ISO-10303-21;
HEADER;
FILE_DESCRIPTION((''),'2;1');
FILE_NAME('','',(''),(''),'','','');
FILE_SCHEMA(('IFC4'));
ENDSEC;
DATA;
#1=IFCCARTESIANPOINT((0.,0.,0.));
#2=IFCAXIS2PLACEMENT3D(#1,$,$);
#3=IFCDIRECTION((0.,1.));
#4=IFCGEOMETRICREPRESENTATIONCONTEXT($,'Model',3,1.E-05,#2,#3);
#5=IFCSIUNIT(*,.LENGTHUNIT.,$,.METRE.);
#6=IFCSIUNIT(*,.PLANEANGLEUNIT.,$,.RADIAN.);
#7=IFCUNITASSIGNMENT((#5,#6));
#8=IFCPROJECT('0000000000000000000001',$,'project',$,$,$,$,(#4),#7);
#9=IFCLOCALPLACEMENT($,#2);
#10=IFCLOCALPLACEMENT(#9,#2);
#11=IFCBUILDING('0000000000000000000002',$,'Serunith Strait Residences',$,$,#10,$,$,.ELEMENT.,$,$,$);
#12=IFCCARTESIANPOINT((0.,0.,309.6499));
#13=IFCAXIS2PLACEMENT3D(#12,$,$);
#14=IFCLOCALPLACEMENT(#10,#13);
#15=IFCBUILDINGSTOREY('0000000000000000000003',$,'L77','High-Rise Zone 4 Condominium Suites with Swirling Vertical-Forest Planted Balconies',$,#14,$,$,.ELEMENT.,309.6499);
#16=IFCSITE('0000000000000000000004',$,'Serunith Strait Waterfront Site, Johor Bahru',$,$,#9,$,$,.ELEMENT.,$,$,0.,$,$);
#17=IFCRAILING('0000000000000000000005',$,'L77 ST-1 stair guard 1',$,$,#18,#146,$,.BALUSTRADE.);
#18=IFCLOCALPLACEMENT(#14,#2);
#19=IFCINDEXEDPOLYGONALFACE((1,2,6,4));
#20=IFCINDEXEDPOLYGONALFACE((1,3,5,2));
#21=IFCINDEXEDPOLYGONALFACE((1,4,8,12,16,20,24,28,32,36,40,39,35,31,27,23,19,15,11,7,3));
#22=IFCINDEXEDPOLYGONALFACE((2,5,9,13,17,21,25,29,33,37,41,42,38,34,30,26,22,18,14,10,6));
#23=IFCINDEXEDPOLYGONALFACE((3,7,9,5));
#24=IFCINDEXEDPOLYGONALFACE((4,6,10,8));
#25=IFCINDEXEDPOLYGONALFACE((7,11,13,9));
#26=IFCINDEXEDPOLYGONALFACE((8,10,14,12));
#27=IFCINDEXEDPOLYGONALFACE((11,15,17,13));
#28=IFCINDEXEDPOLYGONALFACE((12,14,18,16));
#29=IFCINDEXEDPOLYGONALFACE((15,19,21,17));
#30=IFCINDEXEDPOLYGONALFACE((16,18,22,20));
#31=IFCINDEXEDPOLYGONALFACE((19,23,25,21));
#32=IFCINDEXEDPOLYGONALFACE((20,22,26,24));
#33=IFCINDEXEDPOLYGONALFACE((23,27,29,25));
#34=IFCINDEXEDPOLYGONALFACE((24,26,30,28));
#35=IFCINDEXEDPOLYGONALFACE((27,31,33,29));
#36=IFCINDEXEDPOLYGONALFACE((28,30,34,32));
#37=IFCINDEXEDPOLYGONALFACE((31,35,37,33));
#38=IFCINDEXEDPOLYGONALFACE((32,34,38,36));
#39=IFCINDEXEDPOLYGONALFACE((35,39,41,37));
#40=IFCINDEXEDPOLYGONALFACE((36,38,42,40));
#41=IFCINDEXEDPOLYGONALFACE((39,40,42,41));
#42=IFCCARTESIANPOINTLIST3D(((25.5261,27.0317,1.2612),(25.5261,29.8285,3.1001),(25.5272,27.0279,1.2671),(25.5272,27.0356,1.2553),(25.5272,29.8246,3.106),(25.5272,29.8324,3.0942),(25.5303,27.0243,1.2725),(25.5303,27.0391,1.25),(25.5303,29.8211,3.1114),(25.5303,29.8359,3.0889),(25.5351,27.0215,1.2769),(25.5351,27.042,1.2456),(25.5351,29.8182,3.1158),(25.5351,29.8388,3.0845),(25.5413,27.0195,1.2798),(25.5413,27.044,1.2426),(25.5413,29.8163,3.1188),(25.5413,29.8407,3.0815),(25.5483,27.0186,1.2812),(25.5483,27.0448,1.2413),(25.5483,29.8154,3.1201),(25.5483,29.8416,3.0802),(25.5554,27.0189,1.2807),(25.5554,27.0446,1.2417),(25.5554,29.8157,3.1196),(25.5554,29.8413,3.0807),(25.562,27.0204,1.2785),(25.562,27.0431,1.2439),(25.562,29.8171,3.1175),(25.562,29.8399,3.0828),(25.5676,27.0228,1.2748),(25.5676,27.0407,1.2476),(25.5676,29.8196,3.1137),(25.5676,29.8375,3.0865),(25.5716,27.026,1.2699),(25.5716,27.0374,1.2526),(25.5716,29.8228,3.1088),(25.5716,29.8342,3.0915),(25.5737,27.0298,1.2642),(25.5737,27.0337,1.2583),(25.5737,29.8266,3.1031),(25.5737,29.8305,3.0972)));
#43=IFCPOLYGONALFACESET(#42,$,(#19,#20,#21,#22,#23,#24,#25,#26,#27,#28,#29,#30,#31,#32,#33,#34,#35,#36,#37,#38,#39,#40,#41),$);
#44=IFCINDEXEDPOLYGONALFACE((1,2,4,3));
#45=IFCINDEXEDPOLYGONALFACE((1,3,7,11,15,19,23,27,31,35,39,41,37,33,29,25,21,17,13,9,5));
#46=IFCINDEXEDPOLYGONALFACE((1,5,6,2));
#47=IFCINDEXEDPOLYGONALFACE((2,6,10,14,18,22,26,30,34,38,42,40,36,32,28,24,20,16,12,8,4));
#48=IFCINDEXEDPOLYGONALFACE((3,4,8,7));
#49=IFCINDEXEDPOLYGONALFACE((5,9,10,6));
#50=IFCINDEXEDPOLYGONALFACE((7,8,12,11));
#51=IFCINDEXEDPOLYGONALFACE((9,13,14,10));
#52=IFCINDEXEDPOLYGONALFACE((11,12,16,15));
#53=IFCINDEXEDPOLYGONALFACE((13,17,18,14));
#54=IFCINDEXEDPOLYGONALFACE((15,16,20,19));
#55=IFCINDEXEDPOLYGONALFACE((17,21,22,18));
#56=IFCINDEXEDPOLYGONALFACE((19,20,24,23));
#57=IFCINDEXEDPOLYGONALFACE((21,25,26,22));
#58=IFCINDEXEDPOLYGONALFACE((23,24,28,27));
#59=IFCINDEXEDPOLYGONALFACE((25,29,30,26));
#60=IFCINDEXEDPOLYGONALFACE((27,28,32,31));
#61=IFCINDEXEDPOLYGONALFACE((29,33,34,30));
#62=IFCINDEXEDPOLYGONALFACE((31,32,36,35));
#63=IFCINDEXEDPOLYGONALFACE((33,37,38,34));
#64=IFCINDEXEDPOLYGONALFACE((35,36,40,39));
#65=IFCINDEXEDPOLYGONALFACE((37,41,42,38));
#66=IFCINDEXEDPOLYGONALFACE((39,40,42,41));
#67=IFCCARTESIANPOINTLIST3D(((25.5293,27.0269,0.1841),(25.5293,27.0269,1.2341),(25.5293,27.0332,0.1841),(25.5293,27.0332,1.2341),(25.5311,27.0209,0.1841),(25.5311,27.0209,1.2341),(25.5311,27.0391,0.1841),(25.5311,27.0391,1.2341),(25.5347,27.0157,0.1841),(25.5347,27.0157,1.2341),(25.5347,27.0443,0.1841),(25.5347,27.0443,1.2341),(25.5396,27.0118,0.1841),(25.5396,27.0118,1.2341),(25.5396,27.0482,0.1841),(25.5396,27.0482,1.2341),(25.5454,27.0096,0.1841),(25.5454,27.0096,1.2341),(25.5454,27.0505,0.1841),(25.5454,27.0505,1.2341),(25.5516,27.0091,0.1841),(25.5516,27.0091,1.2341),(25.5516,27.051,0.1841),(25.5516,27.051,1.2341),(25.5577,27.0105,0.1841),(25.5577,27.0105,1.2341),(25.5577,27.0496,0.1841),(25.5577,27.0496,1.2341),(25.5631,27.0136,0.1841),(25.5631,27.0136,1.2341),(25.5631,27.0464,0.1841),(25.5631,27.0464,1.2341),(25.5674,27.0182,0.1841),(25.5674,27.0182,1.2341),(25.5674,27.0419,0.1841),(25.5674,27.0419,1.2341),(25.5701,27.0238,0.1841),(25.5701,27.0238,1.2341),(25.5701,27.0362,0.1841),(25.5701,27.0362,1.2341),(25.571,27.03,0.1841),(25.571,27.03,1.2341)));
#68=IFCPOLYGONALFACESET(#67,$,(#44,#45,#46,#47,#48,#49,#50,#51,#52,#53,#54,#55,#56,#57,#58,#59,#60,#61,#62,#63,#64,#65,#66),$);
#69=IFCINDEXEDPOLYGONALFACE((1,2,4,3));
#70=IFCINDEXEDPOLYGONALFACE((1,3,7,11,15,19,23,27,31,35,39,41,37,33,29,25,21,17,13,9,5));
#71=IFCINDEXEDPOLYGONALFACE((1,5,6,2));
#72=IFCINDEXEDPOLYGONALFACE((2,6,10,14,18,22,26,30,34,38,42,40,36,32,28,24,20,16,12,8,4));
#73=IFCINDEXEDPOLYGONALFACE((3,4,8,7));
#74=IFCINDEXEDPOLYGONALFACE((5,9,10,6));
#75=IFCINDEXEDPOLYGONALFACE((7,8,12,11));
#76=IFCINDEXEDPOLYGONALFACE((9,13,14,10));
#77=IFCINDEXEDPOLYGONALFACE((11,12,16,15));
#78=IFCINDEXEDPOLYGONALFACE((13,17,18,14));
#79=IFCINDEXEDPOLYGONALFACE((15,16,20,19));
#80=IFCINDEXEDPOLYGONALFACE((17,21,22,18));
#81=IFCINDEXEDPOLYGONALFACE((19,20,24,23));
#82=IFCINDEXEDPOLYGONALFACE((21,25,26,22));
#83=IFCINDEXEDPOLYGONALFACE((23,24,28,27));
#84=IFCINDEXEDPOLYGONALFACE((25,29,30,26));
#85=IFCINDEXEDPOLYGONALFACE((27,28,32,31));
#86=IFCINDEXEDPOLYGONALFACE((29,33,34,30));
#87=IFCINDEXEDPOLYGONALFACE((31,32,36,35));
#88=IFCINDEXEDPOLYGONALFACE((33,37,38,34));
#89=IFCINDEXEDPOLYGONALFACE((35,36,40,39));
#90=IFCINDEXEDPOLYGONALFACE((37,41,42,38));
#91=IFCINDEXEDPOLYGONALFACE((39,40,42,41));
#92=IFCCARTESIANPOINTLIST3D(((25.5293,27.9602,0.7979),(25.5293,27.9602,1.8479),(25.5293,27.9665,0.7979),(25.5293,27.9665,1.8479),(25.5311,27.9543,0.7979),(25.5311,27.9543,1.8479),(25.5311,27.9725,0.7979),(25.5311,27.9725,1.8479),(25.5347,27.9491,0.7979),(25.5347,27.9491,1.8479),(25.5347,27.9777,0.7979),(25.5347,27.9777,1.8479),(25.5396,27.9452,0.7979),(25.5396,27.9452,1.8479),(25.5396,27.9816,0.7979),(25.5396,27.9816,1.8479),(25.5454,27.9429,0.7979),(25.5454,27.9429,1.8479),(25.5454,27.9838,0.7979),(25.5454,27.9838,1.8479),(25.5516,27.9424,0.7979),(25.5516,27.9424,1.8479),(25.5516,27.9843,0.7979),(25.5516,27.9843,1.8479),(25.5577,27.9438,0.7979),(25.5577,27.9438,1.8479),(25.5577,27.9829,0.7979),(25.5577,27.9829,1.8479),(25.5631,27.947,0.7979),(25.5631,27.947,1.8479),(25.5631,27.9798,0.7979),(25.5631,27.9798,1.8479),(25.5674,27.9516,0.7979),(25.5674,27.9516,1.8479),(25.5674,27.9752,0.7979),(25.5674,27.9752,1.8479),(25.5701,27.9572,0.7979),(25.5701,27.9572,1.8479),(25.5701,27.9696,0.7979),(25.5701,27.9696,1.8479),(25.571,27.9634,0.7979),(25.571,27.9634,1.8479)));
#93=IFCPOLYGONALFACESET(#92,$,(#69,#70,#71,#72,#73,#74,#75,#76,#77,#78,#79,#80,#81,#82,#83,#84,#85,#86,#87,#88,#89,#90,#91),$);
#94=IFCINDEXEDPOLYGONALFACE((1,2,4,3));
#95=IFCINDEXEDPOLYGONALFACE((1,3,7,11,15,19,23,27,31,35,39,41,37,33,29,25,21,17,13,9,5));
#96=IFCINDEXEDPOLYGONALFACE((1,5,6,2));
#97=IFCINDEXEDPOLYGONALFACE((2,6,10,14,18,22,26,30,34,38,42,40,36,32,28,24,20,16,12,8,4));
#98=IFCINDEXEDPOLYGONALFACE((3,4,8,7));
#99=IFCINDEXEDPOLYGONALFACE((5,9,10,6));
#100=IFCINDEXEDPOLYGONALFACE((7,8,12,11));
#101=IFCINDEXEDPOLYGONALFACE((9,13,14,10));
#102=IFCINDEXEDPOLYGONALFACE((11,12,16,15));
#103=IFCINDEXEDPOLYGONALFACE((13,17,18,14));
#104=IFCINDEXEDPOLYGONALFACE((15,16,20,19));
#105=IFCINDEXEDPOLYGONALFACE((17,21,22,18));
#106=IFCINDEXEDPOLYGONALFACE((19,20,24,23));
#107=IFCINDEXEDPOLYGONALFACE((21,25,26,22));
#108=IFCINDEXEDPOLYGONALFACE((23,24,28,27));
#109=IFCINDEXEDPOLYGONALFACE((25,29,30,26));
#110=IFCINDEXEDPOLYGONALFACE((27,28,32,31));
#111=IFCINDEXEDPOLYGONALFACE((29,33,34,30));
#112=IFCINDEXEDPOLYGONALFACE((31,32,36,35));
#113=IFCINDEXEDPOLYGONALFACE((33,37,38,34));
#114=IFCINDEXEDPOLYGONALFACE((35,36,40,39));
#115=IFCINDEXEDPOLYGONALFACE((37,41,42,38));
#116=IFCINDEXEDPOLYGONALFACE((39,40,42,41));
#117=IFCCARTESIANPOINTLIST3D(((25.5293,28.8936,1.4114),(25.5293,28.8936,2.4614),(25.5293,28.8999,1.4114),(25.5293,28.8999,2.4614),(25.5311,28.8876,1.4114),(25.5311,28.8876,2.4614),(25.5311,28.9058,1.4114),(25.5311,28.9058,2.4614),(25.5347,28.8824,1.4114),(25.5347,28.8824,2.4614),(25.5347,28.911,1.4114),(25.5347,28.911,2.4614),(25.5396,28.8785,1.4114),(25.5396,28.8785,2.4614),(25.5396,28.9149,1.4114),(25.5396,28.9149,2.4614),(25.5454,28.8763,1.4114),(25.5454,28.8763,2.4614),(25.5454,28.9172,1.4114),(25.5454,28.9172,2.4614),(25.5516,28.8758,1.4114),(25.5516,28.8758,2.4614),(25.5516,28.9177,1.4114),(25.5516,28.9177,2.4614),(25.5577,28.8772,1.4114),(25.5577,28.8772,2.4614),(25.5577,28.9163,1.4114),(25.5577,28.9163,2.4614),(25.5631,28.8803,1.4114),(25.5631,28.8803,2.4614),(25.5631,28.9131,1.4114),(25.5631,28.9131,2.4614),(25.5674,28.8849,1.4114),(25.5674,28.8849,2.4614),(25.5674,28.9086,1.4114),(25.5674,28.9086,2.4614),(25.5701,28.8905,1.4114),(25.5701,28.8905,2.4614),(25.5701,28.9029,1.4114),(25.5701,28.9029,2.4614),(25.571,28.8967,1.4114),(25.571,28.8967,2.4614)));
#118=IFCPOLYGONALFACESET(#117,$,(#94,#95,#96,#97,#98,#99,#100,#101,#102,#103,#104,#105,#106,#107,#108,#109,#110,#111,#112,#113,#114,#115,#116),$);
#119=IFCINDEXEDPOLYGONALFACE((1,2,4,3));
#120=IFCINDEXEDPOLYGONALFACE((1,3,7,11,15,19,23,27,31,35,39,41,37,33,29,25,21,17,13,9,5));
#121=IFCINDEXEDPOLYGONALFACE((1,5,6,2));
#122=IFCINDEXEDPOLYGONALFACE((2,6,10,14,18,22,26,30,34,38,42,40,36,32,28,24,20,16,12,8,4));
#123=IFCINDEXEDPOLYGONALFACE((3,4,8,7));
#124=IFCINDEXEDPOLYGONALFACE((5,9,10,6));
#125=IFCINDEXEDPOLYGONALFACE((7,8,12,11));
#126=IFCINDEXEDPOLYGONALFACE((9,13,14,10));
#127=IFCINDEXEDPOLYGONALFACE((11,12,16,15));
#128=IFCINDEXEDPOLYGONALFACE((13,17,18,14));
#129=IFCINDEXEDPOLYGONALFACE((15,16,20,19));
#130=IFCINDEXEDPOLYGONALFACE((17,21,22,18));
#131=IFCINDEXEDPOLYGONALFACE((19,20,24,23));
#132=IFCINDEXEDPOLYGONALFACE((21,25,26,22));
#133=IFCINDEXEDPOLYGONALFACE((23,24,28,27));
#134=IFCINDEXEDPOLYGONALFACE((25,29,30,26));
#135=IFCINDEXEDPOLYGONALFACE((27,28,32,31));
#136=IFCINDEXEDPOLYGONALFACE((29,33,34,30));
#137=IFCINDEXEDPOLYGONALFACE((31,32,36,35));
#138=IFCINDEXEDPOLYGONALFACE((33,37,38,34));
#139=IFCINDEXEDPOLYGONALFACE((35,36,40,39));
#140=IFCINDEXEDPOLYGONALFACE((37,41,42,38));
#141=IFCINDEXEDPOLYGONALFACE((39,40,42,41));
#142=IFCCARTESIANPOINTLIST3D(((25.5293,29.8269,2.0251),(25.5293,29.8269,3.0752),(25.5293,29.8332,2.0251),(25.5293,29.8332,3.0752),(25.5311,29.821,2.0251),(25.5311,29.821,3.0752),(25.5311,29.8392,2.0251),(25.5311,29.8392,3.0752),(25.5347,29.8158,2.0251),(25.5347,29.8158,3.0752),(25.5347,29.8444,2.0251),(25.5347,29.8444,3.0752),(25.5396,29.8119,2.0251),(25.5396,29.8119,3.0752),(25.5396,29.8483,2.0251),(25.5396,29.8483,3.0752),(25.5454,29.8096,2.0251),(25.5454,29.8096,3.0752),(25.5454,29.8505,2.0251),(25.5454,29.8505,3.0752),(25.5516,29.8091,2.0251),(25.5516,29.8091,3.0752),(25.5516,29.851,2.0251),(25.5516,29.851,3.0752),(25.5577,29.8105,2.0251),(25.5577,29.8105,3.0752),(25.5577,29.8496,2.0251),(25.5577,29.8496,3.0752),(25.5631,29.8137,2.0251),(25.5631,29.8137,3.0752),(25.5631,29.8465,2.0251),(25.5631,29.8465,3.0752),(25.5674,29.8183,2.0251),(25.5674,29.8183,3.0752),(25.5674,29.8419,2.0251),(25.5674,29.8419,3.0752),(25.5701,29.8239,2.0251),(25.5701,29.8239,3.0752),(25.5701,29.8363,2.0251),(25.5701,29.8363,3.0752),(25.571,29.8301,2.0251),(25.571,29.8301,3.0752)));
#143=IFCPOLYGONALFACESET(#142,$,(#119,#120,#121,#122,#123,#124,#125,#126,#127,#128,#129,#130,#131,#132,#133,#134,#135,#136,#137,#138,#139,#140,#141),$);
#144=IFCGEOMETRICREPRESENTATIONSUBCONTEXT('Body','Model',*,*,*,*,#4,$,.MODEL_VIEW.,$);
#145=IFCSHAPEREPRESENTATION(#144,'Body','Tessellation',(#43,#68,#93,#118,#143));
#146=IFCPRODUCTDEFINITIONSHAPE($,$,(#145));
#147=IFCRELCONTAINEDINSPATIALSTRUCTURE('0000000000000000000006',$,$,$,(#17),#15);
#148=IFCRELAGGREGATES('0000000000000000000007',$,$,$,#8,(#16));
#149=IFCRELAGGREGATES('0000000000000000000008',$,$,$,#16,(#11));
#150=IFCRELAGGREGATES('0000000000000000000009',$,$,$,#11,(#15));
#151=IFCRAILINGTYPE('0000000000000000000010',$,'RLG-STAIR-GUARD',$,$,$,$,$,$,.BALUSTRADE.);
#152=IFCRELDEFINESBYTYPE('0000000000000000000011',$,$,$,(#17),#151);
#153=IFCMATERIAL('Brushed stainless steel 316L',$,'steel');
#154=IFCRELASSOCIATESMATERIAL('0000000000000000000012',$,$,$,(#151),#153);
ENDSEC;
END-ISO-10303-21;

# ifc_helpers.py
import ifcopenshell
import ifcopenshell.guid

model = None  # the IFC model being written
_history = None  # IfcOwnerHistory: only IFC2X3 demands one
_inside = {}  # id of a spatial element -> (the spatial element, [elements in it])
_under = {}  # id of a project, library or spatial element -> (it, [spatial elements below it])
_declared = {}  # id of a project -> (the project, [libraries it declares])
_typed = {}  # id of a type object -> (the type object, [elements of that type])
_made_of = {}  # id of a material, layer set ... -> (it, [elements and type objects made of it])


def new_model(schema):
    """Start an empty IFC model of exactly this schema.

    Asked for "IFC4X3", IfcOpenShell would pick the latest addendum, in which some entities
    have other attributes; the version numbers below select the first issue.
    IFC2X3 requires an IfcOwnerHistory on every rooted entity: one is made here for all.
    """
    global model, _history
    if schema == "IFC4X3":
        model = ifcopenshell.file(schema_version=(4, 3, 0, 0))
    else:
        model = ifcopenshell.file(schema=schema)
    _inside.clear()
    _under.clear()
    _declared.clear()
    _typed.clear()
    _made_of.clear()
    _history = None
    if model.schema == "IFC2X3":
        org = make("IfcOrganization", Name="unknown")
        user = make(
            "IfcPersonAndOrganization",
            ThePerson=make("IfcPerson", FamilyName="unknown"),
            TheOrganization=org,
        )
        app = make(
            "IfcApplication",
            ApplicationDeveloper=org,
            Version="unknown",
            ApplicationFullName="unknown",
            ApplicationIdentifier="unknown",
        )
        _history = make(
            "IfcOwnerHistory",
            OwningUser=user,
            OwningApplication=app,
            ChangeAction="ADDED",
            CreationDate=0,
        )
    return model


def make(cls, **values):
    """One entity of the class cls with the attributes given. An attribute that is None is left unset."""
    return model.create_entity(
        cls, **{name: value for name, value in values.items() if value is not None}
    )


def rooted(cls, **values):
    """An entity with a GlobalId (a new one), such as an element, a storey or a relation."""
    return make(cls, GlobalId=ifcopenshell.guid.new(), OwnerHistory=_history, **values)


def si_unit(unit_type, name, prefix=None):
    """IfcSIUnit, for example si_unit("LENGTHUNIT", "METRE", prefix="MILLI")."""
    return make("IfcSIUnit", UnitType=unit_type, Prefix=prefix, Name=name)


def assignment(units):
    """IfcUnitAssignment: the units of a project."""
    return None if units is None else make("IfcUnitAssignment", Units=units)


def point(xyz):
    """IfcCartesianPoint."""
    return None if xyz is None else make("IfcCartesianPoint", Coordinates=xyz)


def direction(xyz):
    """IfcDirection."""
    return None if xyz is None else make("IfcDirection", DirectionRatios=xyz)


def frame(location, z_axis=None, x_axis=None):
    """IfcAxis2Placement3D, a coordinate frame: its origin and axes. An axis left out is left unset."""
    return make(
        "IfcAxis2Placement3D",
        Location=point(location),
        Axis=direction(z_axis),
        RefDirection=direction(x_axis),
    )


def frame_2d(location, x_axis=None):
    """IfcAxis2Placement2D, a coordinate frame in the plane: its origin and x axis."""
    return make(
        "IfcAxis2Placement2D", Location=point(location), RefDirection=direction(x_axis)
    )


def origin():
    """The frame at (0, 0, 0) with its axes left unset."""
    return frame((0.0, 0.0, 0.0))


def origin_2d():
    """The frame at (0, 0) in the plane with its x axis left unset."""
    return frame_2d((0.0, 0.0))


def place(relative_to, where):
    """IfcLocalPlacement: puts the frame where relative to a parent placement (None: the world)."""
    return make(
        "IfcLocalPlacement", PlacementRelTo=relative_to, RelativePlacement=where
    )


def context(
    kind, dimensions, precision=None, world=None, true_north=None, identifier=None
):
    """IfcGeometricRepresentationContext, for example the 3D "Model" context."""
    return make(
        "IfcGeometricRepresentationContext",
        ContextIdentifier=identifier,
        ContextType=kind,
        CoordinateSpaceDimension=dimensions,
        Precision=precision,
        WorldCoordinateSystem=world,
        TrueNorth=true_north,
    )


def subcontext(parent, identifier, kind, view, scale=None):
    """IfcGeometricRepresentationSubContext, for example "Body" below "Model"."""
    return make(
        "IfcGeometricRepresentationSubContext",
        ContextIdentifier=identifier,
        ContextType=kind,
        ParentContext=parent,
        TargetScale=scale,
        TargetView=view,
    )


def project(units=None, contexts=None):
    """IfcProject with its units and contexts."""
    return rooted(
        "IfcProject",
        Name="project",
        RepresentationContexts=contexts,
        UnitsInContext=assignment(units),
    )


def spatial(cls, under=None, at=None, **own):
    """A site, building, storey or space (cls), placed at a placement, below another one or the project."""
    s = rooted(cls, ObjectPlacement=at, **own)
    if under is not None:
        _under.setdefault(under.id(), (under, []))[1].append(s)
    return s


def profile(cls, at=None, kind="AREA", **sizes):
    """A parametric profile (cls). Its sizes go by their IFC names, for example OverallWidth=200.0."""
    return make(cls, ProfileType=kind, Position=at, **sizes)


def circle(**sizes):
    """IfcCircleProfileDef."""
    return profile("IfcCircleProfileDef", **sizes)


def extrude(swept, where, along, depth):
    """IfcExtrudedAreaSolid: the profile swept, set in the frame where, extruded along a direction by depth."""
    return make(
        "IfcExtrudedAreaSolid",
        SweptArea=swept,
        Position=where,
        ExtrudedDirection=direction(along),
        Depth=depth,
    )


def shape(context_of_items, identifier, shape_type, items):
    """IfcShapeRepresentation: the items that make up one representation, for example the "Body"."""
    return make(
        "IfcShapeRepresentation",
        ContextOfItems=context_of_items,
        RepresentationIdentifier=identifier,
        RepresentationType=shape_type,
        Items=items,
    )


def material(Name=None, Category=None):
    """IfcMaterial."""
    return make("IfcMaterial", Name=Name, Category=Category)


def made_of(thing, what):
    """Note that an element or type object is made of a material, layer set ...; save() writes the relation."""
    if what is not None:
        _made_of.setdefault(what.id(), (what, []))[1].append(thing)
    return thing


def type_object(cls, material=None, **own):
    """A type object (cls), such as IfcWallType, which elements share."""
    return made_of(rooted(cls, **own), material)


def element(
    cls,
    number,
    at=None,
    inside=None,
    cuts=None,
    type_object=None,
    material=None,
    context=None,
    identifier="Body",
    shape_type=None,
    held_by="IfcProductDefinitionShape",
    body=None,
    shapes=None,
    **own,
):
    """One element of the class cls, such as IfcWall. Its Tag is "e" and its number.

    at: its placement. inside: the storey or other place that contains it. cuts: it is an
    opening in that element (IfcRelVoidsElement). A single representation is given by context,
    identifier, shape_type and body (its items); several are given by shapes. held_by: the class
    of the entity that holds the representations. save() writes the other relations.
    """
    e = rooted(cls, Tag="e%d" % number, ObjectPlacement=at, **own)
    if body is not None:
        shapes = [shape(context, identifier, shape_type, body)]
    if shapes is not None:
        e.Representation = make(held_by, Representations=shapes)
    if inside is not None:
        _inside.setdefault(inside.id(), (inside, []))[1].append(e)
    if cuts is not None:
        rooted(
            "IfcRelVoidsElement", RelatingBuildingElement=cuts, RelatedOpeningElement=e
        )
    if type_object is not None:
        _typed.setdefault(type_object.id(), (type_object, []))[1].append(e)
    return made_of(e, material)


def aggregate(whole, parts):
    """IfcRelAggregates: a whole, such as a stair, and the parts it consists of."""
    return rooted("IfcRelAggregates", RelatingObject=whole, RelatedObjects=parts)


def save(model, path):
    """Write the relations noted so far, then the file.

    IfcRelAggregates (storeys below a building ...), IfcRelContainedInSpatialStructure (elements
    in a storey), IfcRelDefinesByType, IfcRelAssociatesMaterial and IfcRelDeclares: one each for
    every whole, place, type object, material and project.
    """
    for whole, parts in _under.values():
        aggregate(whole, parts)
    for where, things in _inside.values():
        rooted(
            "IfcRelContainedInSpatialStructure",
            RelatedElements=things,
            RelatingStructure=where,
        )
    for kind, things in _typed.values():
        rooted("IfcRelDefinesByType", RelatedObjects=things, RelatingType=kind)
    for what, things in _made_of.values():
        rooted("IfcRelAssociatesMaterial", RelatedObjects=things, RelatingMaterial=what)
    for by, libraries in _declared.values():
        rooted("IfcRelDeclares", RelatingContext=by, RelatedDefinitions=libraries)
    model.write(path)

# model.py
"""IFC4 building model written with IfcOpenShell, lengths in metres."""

from ifc_helpers import new_model, si_unit, direction, frame, origin, origin_2d, place, context, subcontext, project, spatial, circle, extrude, material, type_object, element, save


model = new_model("IFC4")

# Units and contexts
model_context = context("Model", 3, precision=1e-05, world=origin(), true_north=direction((0.0, 1.0)))
body_context = subcontext(model_context, "Body", "Model", "MODEL_VIEW")
ifc_project = project(units=[si_unit("LENGTHUNIT", "METRE"), si_unit("PLANEANGLEUNIT", "RADIAN")], contexts=[model_context])

# Site, building, storey
site_placement = place(None, origin())
site = spatial("IfcSite", under=ifc_project, at=site_placement, Name="Serunith Strait Waterfront Site, Johor Bahru", CompositionType="ELEMENT", RefElevation=0.0)
building_placement = place(site_placement, origin())
building = spatial("IfcBuilding", under=site, at=building_placement, Name="Serunith Strait Residences", CompositionType="ELEMENT")
storey_placement = place(building_placement, frame((0.0, 0.0, 309.6499)))
storey = spatial("IfcBuildingStorey", under=building, at=storey_placement, Name="L77", Description="High-Rise Zone 4 Condominium Suites with Swirling Vertical-Forest Planted Balconies", CompositionType="ELEMENT", Elevation=309.6499)

# Railing
ifc_material_1 = material(Name="Brushed stainless steel 316L", Category="steel")
railing_type_1 = type_object("IfcRailingType", Name="RLG-STAIR-GUARD", PredefinedType="BALUSTRADE", material=ifc_material_1)
railing_1_placement = place(storey_placement, frame((25.55, 27.03, 0.1841)))
element("IfcRailing", 1, at=railing_1_placement, inside=storey, type_object=railing_type_1, Name="L77 ST-1 stair guard 1", PredefinedType="BALUSTRADE", context=body_context, shape_type="SweptSolid", body=[
    extrude(circle(Radius=0.0239, at=origin_2d()), frame((0.0, 0.0017, 1.0771), z_axis=(0.0, 0.835564, 0.549393), x_axis=(-1.0, 0.0, 0.0)), (0.0, 0.0, 1.0), 3.3472),
    extrude(circle(Radius=0.021, at=origin_2d()), origin(), (0.0, 0.0, 1.0), 1.05),
    extrude(circle(Radius=0.021, at=origin_2d()), frame((0.0, 0.9333, 0.6138)), (0.0, 0.0, 1.0), 1.05),
    extrude(circle(Radius=0.021, at=origin_2d()), frame((0.0, 1.8667, 1.2273)), (0.0, 0.0, 1.0), 1.05),
    extrude(circle(Radius=0.021, at=origin_2d()), frame((0.0, 2.8, 1.8411)), (0.0, 0.0, 1.0), 1.05),
])

save(model, "model.ifc")
